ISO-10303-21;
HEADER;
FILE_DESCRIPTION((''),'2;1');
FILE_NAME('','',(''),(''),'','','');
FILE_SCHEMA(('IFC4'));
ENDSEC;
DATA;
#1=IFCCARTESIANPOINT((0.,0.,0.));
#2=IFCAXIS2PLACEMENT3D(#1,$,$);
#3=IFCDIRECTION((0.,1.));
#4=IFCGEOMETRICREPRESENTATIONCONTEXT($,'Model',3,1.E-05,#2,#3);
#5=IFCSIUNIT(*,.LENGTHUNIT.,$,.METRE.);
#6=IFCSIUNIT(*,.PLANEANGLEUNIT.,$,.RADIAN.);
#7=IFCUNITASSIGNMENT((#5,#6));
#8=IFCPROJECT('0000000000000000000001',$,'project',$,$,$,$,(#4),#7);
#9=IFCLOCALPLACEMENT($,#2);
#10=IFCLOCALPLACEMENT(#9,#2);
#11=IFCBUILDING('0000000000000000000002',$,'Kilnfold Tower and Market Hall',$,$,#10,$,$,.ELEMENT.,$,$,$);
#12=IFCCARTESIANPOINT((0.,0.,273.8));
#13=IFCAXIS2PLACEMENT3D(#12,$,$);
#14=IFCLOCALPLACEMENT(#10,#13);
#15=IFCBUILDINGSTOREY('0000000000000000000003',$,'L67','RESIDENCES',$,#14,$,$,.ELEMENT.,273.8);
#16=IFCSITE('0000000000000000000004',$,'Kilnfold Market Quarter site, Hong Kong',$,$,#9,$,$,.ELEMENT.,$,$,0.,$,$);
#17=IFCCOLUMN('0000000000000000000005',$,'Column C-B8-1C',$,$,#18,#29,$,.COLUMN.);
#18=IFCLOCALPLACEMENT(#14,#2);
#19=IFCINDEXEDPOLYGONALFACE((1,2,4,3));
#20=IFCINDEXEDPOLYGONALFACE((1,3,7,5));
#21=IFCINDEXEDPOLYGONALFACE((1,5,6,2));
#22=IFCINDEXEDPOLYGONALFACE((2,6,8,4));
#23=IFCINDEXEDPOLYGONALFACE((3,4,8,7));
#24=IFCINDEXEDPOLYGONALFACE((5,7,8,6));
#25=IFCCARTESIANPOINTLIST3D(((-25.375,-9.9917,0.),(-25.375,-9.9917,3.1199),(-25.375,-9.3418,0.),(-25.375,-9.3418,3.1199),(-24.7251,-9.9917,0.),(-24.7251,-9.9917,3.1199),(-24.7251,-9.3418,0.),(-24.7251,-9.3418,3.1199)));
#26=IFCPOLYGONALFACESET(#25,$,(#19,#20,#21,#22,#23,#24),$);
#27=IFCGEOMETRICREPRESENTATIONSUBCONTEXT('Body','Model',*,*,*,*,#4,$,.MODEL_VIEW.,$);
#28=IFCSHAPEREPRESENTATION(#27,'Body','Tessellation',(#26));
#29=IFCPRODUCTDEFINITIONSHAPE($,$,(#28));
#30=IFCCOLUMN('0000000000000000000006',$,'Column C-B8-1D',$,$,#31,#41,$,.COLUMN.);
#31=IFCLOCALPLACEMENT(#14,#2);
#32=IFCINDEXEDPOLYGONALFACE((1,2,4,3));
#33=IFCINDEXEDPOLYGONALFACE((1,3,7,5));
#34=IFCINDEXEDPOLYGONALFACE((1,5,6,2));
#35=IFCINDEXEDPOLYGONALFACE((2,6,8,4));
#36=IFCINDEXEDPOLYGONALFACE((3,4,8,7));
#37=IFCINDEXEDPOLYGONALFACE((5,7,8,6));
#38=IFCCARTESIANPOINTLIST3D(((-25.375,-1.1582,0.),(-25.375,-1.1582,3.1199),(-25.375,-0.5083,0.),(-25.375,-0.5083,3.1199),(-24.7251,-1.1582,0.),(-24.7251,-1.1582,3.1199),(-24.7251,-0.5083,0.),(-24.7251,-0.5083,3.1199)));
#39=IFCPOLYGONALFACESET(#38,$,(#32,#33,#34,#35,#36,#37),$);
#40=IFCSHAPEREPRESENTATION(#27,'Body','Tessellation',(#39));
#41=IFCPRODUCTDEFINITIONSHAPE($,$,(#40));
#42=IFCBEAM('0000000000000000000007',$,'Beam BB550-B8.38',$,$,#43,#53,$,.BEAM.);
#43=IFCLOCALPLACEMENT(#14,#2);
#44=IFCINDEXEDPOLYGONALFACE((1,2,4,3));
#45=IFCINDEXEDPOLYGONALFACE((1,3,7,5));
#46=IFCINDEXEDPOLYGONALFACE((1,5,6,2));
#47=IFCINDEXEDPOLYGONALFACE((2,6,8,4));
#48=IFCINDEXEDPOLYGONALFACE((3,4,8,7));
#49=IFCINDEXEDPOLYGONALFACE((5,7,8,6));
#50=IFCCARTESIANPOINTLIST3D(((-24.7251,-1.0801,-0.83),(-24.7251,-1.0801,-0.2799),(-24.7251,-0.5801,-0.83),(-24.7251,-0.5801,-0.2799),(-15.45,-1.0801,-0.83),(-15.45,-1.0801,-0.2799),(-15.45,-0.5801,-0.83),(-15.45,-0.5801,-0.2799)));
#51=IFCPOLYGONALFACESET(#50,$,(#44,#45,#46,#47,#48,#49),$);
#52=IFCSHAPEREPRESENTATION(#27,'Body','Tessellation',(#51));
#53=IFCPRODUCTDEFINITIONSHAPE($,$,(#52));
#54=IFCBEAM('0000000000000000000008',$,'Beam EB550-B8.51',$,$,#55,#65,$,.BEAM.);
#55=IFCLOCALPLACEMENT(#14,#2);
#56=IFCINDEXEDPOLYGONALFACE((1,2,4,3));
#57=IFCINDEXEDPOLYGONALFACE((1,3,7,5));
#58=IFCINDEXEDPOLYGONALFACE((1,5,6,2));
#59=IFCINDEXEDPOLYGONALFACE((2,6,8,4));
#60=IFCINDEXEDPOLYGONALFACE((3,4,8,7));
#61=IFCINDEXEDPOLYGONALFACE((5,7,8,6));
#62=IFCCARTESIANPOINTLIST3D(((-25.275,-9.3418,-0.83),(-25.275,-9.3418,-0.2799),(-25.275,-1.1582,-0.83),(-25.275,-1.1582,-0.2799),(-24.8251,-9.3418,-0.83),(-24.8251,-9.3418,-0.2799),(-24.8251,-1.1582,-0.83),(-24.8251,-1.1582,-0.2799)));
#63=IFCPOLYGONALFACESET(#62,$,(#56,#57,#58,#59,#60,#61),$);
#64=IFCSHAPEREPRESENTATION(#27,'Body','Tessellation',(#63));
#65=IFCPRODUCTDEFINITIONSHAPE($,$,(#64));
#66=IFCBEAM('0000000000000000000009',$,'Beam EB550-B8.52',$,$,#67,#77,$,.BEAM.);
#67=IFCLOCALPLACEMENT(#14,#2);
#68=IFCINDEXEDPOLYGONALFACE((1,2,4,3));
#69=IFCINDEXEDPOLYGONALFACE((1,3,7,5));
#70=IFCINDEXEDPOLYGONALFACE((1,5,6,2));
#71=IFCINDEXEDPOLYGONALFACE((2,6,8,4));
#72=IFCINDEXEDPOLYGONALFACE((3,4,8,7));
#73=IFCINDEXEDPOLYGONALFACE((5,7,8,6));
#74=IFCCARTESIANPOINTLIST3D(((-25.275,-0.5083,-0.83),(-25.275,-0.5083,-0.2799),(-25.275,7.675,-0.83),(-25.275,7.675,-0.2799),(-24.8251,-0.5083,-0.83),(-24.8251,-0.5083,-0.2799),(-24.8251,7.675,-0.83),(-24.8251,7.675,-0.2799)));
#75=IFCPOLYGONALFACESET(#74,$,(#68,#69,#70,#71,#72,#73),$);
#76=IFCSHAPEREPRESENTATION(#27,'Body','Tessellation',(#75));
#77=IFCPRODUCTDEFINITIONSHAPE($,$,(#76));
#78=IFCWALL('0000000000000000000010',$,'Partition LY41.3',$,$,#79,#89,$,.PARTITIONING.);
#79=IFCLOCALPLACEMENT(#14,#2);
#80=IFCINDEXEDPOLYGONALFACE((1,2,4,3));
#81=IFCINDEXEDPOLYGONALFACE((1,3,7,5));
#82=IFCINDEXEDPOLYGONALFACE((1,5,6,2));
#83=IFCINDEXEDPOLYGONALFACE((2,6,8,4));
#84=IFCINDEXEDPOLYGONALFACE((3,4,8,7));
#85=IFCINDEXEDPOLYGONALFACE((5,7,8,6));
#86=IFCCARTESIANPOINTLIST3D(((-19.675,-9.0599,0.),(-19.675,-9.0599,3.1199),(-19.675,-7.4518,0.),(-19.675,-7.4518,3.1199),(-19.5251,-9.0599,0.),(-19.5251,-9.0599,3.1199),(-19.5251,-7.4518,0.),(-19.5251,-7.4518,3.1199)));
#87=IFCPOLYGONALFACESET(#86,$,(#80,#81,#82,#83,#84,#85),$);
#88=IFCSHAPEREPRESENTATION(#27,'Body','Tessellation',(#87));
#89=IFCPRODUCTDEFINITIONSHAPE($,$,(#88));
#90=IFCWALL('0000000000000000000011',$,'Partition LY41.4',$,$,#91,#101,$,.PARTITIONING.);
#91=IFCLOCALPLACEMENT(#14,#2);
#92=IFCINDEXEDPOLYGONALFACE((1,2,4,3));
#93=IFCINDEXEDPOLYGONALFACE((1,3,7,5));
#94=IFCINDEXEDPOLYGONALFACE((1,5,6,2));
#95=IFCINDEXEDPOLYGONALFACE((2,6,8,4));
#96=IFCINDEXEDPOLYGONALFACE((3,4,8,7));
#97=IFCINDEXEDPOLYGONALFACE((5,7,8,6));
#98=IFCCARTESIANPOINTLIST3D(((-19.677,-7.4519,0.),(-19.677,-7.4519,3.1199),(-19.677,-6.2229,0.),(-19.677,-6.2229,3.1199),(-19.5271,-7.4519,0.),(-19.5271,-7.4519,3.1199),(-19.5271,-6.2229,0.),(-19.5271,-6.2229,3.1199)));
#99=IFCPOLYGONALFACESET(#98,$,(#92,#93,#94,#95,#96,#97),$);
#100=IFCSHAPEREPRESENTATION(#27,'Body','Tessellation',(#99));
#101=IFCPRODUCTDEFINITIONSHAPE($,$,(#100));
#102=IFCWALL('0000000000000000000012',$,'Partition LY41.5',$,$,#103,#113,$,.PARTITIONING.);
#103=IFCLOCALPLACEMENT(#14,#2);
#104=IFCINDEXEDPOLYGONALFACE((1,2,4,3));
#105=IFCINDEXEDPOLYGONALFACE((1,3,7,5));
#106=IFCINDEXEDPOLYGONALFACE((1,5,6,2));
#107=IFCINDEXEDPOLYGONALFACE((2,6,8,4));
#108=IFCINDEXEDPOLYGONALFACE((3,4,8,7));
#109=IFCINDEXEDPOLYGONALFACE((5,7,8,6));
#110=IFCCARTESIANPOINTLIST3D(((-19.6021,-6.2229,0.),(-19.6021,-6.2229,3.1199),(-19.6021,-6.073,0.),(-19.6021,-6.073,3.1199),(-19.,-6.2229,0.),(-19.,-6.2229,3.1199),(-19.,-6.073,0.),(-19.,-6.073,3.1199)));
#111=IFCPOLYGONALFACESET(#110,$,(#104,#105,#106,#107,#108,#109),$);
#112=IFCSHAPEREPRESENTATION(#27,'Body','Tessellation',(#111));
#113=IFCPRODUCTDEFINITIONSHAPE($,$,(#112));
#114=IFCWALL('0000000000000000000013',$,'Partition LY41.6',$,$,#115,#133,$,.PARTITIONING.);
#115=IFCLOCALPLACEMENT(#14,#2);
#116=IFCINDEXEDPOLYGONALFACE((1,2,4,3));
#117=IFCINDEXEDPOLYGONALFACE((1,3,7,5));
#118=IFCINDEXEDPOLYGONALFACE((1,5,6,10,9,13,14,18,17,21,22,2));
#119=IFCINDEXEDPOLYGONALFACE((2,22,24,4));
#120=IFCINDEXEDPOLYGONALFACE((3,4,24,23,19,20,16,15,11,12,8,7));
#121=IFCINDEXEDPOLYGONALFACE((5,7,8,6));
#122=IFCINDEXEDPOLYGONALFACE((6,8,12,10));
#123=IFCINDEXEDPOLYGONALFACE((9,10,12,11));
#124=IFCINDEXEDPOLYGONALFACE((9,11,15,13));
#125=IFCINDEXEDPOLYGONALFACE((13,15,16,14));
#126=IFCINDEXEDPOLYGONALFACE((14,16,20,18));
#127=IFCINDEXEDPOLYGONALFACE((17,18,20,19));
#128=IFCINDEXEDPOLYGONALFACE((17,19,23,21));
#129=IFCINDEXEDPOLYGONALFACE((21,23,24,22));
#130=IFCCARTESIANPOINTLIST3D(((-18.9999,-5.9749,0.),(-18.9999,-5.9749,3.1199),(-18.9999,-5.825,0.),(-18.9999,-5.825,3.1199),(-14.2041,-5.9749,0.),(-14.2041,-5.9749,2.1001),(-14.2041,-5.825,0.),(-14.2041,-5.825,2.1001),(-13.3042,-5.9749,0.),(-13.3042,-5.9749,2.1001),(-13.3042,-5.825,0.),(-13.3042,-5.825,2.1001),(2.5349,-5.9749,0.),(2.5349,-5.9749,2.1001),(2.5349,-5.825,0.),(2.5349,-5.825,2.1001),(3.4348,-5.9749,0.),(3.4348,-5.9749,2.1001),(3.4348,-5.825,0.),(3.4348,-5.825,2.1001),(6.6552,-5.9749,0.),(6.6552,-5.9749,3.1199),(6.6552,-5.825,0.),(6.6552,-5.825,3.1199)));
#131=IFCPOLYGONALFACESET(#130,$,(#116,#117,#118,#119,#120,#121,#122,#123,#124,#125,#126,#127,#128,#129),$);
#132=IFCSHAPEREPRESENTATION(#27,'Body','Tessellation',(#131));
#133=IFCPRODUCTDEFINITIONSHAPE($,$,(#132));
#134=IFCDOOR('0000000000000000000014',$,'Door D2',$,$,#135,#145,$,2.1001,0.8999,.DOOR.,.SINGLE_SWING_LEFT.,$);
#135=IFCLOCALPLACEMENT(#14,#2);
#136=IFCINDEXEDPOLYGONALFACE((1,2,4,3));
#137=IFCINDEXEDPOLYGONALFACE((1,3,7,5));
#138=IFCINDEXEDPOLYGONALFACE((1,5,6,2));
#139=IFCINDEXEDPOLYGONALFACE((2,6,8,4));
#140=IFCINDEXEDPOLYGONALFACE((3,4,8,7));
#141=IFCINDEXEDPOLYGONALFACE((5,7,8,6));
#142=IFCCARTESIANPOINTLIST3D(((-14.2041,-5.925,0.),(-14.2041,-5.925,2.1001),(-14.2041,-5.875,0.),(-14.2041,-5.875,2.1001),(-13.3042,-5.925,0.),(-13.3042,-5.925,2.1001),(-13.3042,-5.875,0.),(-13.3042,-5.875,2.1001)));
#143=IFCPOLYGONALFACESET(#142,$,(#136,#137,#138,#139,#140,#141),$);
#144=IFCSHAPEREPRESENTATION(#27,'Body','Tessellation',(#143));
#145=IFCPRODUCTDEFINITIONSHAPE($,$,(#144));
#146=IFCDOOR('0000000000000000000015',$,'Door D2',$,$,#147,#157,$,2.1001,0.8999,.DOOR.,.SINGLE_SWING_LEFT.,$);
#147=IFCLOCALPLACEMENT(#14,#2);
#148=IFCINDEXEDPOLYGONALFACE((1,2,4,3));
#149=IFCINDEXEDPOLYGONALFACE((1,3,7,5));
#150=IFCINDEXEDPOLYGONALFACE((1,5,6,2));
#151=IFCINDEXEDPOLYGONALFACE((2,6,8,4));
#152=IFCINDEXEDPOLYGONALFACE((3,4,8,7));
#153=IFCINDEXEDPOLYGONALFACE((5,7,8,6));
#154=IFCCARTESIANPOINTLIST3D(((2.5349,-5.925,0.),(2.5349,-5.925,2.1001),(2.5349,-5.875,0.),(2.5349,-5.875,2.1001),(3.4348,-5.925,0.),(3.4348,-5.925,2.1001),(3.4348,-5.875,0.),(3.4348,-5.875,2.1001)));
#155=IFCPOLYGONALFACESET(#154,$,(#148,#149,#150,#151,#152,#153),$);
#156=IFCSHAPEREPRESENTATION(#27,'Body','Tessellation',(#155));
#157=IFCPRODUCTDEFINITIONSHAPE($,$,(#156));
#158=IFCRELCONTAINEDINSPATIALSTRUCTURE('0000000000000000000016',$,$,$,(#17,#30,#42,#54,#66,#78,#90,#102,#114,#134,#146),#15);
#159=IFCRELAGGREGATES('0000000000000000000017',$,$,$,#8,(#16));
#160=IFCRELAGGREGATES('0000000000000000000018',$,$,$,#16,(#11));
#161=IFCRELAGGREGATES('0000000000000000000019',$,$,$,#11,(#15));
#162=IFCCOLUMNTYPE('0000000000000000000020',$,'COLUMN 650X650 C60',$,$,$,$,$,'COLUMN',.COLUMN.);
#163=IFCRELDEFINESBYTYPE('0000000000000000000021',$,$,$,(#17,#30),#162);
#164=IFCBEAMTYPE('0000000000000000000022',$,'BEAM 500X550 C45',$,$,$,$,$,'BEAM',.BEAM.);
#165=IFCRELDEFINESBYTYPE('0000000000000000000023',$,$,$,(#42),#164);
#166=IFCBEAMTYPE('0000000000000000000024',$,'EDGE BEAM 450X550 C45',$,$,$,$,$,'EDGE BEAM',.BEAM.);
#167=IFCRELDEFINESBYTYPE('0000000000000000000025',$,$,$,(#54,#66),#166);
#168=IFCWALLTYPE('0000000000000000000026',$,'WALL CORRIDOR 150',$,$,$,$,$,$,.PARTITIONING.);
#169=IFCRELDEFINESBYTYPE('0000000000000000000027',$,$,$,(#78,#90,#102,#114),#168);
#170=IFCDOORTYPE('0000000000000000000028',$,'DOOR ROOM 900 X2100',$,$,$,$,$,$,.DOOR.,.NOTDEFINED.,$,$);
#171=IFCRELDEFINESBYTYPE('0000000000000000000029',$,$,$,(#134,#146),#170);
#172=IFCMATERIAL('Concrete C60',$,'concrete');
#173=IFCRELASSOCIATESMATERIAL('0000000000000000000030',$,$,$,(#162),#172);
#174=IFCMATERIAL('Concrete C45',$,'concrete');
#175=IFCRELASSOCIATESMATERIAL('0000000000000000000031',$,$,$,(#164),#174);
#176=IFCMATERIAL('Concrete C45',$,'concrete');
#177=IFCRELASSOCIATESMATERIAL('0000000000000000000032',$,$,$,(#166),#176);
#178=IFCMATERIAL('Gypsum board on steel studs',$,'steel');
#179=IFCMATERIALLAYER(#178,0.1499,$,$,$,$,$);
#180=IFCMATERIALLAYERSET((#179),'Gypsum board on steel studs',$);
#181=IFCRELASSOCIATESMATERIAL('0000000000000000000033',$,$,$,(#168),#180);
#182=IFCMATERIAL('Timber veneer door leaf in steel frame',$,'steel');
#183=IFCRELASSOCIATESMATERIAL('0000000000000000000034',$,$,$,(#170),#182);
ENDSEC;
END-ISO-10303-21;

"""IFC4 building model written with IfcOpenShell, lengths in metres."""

from ifc_helpers import new_model, si_unit, direction, frame, frame_2d, origin, origin_2d, place, context, subcontext, project, spatial, rectangle, extrude, source, transform, mapped, material, layer, layer_set, material_profile, profile_set, type_object, element, fill, save


model = new_model("IFC4")

# Units and contexts
model_context = context("Model", 3, precision=1e-05, world=origin(), true_north=direction((0.0, 1.0)))
body_context = subcontext(model_context, "Body", "Model", "MODEL_VIEW")
ifc_project = project(units=[si_unit("LENGTHUNIT", "METRE"), si_unit("PLANEANGLEUNIT", "RADIAN")], contexts=[model_context])

# Site, building, storey
site_placement = place(None, origin())
site = spatial("IfcSite", under=ifc_project, at=site_placement, Name="Kilnfold Market Quarter site, Hong Kong", CompositionType="ELEMENT", RefElevation=0.0)
building_placement = place(site_placement, origin())
building = spatial("IfcBuilding", under=site, at=building_placement, Name="Kilnfold Tower and Market Hall", CompositionType="ELEMENT")
storey_placement = place(building_placement, frame((0.0, 0.0, 273.8)))
storey = spatial("IfcBuildingStorey", under=building, at=storey_placement, Name="L67", Description="RESIDENCES", CompositionType="ELEMENT", Elevation=273.8)

# Columns
ifc_material_1 = material(Name="Concrete C60", Category="concrete")
ifc_material_profile_1 = material_profile(ifc_material_1, rectangle(XDim=0.6499, YDim=0.6499, at=origin_2d()), Name="RC 650x650")
ifc_profile_set_1 = profile_set([ifc_material_profile_1], Name="Concrete C60")
column_type = type_object("IfcColumnType", Name="COLUMN 650X650 C60", ElementType="COLUMN", PredefinedType="COLUMN", material=ifc_profile_set_1)
shared_shape_1 = source(origin(), body_context, "Body", "SweptSolid", [
    extrude(rectangle(XDim=0.6499, YDim=0.6499, at=origin_2d()), origin(), (0.0, 0.0, 1.0), 3.1199),
])
for number, where, z_axis, x_axis, name in (
    (1, (-25.05, -9.6667, 0.0), (0.0, 0.0, 1.0), (1.0, 0.0, 0.0), "Column C-B8-1C"),
    (2, (-25.05, -0.8333, 0.0), (0.0, 0.0, 1.0), (1.0, 0.0, 0.0), "Column C-B8-1D"),
):
    element("IfcColumn", number, at=place(storey_placement, frame(where, z_axis=z_axis, x_axis=x_axis)), inside=storey, type_object=column_type, Name=name, PredefinedType="COLUMN", context=body_context, shape_type="MappedRepresentation", body=[
        mapped(shared_shape_1, transform((0.0, 0.0, 0.0))),
    ])

# Beams
ifc_material_2 = material(Name="Concrete C45", Category="concrete")
ifc_material_profile_2 = material_profile(ifc_material_2, rectangle(XDim=0.5, YDim=0.55, at=origin_2d()), Name="RC 500x550")
ifc_profile_set_2 = profile_set([ifc_material_profile_2], Name="Concrete C45")
beam_type_1 = type_object("IfcBeamType", Name="BEAM 500X550 C45", ElementType="BEAM", PredefinedType="BEAM", material=ifc_profile_set_2)
shared_shape_2 = source(origin(), body_context, "Body", "SweptSolid", [
    extrude(rectangle(XDim=0.5, YDim=0.55, at=origin_2d()), origin(), (0.0, 0.0, 1.0), 9.2751),
])
beam_1_placement = place(storey_placement, frame((-24.7251, -0.8301, -0.5549), z_axis=(1.0, 0.0, 0.0), x_axis=(0.0, 1.0, 0.0)))
element("IfcBeam", 3, at=beam_1_placement, inside=storey, type_object=beam_type_1, Name="Beam BB550-B8.38", PredefinedType="BEAM", context=body_context, shape_type="MappedRepresentation", body=[
    mapped(shared_shape_2, transform((0.0, 0.0, 0.0))),
])
ifc_material_3 = material(Name="Concrete C45", Category="concrete")
ifc_material_profile_3 = material_profile(ifc_material_3, rectangle(XDim=0.45, YDim=0.55, at=origin_2d()), Name="RC 450x550")
ifc_profile_set_3 = profile_set([ifc_material_profile_3], Name="Concrete C45")
beam_type_2 = type_object("IfcBeamType", Name="EDGE BEAM 450X550 C45", ElementType="EDGE BEAM", PredefinedType="BEAM", material=ifc_profile_set_3)
shared_shape_3 = source(origin(), body_context, "Body", "SweptSolid", [
    extrude(rectangle(XDim=0.45, YDim=0.55, at=origin_2d()), origin(), (0.0, 0.0, 1.0), 8.1836),
])
beam_2_placement = place(storey_placement, frame((-25.05, -9.3418, -0.5549), z_axis=(0.0, 1.0, 0.0), x_axis=(-1.0, 0.0, 0.0)))
element("IfcBeam", 4, at=beam_2_placement, inside=storey, type_object=beam_type_2, Name="Beam EB550-B8.51", PredefinedType="BEAM", context=body_context, shape_type="MappedRepresentation", body=[
    mapped(shared_shape_3, transform((0.0, 0.0, 0.0))),
])
shared_shape_4 = source(origin(), body_context, "Body", "SweptSolid", [
    extrude(rectangle(XDim=0.45, YDim=0.55, at=origin_2d()), origin(), (0.0, 0.0, 1.0), 8.1833),
])
beam_3_placement = place(storey_placement, frame((-25.05, -0.5083, -0.5549), z_axis=(0.0, 1.0, 0.0), x_axis=(-1.0, 0.0, 0.0)))
element("IfcBeam", 5, at=beam_3_placement, inside=storey, type_object=beam_type_2, Name="Beam EB550-B8.52", PredefinedType="BEAM", context=body_context, shape_type="MappedRepresentation", body=[
    mapped(shared_shape_4, transform((0.0, 0.0, 0.0))),
])

# Walls
ifc_material_4 = material(Name="Gypsum board on steel studs", Category="steel")
ifc_layer_1 = layer(ifc_material_4, 0.1499)
ifc_layer_set_1 = layer_set([ifc_layer_1], Name="Gypsum board on steel studs")
wall_type_1 = type_object("IfcWallType", Name="WALL CORRIDOR 150", PredefinedType="PARTITIONING", material=ifc_layer_set_1)
wall_1_placement = place(storey_placement, frame((-19.6001, -9.0601, 0.0), z_axis=(0.0, 0.0, 1.0), x_axis=(0.0, 1.0, 0.0)))
element("IfcWall", 6, at=wall_1_placement, inside=storey, type_object=wall_type_1, Name="Partition LY41.3", PredefinedType="PARTITIONING", context=body_context, shape_type="SweptSolid", body=[
    extrude(rectangle(XDim=1.6082, YDim=0.1499, at=frame_2d((0.8042, 0.0))), origin(), (0.0, 0.0, 1.0), 3.1199),
])
wall_2_placement = place(storey_placement, frame((-19.6021, -7.4519, 0.0), z_axis=(0.0, 0.0, 1.0), x_axis=(0.0, 1.0, 0.0)))
element("IfcWall", 7, at=wall_2_placement, inside=storey, type_object=wall_type_1, Name="Partition LY41.4", PredefinedType="PARTITIONING", context=body_context, shape_type="SweptSolid", body=[
    extrude(rectangle(XDim=1.229, YDim=0.1499, at=frame_2d((0.6145, 0.0))), origin(), (0.0, 0.0, 1.0), 3.1199),
])
wall_3_placement = place(storey_placement, frame((-19.0, -6.1479, 0.0), z_axis=(0.0, 0.0, 1.0), x_axis=(-1.0, 0.0, 0.0)))
element("IfcWall", 8, at=wall_3_placement, inside=storey, type_object=wall_type_1, Name="Partition LY41.5", PredefinedType="PARTITIONING", context=body_context, shape_type="SweptSolid", body=[
    extrude(rectangle(XDim=0.6021, YDim=0.1499, at=frame_2d((0.301, 0.0))), origin(), (0.0, 0.0, 1.0), 3.1199),
])

# Wall, openings, doors
wall_4_placement = place(storey_placement, frame((-19.0, -5.8999, 0.0), z_axis=(0.0, 0.0, 1.0), x_axis=(1.0, 0.0, 0.0)))
wall_4 = element("IfcWall", 9, at=wall_4_placement, inside=storey, type_object=wall_type_1, Name="Partition LY41.6", PredefinedType="PARTITIONING", context=body_context, shape_type="SweptSolid", body=[
    extrude(rectangle(XDim=25.655, YDim=0.1499, at=frame_2d((12.8276, 0.0))), origin(), (0.0, 0.0, 1.0), 3.1199),
])
opening_1_placement = place(wall_4_placement, frame((4.7959, 0.0, 0.0)))
opening_1 = element("IfcOpeningElement", 10, at=opening_1_placement, cuts=wall_4, PredefinedType="OPENING", context=body_context, shape_type="SweptSolid", body=[
    extrude(rectangle(XDim=0.8999, YDim=2.1001, at=frame_2d((0.45, 1.05))), frame((0.0, 0.085, 0.0), z_axis=(0.0, -1.0, 0.0), x_axis=(1.0, 0.0, 0.0)), (0.0, 0.0, 1.0), 0.1699),
])
opening_2_placement = place(wall_4_placement, frame((21.5349, 0.0, 0.0)))
opening_2 = element("IfcOpeningElement", 11, at=opening_2_placement, cuts=wall_4, PredefinedType="OPENING", context=body_context, shape_type="SweptSolid", body=[
    extrude(rectangle(XDim=0.8999, YDim=2.1001, at=frame_2d((0.45, 1.05))), frame((0.0, 0.085, 0.0), z_axis=(0.0, -1.0, 0.0), x_axis=(1.0, 0.0, 0.0)), (0.0, 0.0, 1.0), 0.1699),
])
ifc_material_5 = material(Name="Timber veneer door leaf in steel frame", Category="steel")
door_type_1 = type_object("IfcDoorType", Name="DOOR ROOM 900 X2100", OperationType="NOTDEFINED", PredefinedType="DOOR", material=ifc_material_5)
door_1_placement = place(opening_1_placement, origin())
door_1 = element("IfcDoor", 12, at=door_1_placement, inside=storey, type_object=door_type_1, Name="Door D2", OperationType="SINGLE_SWING_LEFT", OverallHeight=2.1001, OverallWidth=0.8999, PredefinedType="DOOR", context=body_context, shape_type="SweptSolid", body=[
    extrude(rectangle(XDim=0.8999, YDim=2.1001, at=frame_2d((0.45, 1.05))), frame((0.0, 0.0249, 0.0), z_axis=(0.0, -1.0, 0.0), x_axis=(1.0, 0.0, 0.0)), (0.0, 0.0, 1.0), 0.05),
])
fill(opening_1, door_1)
door_2_placement = place(opening_2_placement, origin())
door_2 = element("IfcDoor", 13, at=door_2_placement, inside=storey, type_object=door_type_1, Name="Door D2", OperationType="SINGLE_SWING_LEFT", OverallHeight=2.1001, OverallWidth=0.8999, PredefinedType="DOOR", context=body_context, shape_type="SweptSolid", body=[
    extrude(rectangle(XDim=0.8999, YDim=2.1001, at=frame_2d((0.45, 1.05))), frame((0.0, 0.0249, 0.0), z_axis=(0.0, -1.0, 0.0), x_axis=(1.0, 0.0, 0.0)), (0.0, 0.0, 1.0), 0.05),
])
fill(opening_2, door_2)

save(model, "model.ifc")
